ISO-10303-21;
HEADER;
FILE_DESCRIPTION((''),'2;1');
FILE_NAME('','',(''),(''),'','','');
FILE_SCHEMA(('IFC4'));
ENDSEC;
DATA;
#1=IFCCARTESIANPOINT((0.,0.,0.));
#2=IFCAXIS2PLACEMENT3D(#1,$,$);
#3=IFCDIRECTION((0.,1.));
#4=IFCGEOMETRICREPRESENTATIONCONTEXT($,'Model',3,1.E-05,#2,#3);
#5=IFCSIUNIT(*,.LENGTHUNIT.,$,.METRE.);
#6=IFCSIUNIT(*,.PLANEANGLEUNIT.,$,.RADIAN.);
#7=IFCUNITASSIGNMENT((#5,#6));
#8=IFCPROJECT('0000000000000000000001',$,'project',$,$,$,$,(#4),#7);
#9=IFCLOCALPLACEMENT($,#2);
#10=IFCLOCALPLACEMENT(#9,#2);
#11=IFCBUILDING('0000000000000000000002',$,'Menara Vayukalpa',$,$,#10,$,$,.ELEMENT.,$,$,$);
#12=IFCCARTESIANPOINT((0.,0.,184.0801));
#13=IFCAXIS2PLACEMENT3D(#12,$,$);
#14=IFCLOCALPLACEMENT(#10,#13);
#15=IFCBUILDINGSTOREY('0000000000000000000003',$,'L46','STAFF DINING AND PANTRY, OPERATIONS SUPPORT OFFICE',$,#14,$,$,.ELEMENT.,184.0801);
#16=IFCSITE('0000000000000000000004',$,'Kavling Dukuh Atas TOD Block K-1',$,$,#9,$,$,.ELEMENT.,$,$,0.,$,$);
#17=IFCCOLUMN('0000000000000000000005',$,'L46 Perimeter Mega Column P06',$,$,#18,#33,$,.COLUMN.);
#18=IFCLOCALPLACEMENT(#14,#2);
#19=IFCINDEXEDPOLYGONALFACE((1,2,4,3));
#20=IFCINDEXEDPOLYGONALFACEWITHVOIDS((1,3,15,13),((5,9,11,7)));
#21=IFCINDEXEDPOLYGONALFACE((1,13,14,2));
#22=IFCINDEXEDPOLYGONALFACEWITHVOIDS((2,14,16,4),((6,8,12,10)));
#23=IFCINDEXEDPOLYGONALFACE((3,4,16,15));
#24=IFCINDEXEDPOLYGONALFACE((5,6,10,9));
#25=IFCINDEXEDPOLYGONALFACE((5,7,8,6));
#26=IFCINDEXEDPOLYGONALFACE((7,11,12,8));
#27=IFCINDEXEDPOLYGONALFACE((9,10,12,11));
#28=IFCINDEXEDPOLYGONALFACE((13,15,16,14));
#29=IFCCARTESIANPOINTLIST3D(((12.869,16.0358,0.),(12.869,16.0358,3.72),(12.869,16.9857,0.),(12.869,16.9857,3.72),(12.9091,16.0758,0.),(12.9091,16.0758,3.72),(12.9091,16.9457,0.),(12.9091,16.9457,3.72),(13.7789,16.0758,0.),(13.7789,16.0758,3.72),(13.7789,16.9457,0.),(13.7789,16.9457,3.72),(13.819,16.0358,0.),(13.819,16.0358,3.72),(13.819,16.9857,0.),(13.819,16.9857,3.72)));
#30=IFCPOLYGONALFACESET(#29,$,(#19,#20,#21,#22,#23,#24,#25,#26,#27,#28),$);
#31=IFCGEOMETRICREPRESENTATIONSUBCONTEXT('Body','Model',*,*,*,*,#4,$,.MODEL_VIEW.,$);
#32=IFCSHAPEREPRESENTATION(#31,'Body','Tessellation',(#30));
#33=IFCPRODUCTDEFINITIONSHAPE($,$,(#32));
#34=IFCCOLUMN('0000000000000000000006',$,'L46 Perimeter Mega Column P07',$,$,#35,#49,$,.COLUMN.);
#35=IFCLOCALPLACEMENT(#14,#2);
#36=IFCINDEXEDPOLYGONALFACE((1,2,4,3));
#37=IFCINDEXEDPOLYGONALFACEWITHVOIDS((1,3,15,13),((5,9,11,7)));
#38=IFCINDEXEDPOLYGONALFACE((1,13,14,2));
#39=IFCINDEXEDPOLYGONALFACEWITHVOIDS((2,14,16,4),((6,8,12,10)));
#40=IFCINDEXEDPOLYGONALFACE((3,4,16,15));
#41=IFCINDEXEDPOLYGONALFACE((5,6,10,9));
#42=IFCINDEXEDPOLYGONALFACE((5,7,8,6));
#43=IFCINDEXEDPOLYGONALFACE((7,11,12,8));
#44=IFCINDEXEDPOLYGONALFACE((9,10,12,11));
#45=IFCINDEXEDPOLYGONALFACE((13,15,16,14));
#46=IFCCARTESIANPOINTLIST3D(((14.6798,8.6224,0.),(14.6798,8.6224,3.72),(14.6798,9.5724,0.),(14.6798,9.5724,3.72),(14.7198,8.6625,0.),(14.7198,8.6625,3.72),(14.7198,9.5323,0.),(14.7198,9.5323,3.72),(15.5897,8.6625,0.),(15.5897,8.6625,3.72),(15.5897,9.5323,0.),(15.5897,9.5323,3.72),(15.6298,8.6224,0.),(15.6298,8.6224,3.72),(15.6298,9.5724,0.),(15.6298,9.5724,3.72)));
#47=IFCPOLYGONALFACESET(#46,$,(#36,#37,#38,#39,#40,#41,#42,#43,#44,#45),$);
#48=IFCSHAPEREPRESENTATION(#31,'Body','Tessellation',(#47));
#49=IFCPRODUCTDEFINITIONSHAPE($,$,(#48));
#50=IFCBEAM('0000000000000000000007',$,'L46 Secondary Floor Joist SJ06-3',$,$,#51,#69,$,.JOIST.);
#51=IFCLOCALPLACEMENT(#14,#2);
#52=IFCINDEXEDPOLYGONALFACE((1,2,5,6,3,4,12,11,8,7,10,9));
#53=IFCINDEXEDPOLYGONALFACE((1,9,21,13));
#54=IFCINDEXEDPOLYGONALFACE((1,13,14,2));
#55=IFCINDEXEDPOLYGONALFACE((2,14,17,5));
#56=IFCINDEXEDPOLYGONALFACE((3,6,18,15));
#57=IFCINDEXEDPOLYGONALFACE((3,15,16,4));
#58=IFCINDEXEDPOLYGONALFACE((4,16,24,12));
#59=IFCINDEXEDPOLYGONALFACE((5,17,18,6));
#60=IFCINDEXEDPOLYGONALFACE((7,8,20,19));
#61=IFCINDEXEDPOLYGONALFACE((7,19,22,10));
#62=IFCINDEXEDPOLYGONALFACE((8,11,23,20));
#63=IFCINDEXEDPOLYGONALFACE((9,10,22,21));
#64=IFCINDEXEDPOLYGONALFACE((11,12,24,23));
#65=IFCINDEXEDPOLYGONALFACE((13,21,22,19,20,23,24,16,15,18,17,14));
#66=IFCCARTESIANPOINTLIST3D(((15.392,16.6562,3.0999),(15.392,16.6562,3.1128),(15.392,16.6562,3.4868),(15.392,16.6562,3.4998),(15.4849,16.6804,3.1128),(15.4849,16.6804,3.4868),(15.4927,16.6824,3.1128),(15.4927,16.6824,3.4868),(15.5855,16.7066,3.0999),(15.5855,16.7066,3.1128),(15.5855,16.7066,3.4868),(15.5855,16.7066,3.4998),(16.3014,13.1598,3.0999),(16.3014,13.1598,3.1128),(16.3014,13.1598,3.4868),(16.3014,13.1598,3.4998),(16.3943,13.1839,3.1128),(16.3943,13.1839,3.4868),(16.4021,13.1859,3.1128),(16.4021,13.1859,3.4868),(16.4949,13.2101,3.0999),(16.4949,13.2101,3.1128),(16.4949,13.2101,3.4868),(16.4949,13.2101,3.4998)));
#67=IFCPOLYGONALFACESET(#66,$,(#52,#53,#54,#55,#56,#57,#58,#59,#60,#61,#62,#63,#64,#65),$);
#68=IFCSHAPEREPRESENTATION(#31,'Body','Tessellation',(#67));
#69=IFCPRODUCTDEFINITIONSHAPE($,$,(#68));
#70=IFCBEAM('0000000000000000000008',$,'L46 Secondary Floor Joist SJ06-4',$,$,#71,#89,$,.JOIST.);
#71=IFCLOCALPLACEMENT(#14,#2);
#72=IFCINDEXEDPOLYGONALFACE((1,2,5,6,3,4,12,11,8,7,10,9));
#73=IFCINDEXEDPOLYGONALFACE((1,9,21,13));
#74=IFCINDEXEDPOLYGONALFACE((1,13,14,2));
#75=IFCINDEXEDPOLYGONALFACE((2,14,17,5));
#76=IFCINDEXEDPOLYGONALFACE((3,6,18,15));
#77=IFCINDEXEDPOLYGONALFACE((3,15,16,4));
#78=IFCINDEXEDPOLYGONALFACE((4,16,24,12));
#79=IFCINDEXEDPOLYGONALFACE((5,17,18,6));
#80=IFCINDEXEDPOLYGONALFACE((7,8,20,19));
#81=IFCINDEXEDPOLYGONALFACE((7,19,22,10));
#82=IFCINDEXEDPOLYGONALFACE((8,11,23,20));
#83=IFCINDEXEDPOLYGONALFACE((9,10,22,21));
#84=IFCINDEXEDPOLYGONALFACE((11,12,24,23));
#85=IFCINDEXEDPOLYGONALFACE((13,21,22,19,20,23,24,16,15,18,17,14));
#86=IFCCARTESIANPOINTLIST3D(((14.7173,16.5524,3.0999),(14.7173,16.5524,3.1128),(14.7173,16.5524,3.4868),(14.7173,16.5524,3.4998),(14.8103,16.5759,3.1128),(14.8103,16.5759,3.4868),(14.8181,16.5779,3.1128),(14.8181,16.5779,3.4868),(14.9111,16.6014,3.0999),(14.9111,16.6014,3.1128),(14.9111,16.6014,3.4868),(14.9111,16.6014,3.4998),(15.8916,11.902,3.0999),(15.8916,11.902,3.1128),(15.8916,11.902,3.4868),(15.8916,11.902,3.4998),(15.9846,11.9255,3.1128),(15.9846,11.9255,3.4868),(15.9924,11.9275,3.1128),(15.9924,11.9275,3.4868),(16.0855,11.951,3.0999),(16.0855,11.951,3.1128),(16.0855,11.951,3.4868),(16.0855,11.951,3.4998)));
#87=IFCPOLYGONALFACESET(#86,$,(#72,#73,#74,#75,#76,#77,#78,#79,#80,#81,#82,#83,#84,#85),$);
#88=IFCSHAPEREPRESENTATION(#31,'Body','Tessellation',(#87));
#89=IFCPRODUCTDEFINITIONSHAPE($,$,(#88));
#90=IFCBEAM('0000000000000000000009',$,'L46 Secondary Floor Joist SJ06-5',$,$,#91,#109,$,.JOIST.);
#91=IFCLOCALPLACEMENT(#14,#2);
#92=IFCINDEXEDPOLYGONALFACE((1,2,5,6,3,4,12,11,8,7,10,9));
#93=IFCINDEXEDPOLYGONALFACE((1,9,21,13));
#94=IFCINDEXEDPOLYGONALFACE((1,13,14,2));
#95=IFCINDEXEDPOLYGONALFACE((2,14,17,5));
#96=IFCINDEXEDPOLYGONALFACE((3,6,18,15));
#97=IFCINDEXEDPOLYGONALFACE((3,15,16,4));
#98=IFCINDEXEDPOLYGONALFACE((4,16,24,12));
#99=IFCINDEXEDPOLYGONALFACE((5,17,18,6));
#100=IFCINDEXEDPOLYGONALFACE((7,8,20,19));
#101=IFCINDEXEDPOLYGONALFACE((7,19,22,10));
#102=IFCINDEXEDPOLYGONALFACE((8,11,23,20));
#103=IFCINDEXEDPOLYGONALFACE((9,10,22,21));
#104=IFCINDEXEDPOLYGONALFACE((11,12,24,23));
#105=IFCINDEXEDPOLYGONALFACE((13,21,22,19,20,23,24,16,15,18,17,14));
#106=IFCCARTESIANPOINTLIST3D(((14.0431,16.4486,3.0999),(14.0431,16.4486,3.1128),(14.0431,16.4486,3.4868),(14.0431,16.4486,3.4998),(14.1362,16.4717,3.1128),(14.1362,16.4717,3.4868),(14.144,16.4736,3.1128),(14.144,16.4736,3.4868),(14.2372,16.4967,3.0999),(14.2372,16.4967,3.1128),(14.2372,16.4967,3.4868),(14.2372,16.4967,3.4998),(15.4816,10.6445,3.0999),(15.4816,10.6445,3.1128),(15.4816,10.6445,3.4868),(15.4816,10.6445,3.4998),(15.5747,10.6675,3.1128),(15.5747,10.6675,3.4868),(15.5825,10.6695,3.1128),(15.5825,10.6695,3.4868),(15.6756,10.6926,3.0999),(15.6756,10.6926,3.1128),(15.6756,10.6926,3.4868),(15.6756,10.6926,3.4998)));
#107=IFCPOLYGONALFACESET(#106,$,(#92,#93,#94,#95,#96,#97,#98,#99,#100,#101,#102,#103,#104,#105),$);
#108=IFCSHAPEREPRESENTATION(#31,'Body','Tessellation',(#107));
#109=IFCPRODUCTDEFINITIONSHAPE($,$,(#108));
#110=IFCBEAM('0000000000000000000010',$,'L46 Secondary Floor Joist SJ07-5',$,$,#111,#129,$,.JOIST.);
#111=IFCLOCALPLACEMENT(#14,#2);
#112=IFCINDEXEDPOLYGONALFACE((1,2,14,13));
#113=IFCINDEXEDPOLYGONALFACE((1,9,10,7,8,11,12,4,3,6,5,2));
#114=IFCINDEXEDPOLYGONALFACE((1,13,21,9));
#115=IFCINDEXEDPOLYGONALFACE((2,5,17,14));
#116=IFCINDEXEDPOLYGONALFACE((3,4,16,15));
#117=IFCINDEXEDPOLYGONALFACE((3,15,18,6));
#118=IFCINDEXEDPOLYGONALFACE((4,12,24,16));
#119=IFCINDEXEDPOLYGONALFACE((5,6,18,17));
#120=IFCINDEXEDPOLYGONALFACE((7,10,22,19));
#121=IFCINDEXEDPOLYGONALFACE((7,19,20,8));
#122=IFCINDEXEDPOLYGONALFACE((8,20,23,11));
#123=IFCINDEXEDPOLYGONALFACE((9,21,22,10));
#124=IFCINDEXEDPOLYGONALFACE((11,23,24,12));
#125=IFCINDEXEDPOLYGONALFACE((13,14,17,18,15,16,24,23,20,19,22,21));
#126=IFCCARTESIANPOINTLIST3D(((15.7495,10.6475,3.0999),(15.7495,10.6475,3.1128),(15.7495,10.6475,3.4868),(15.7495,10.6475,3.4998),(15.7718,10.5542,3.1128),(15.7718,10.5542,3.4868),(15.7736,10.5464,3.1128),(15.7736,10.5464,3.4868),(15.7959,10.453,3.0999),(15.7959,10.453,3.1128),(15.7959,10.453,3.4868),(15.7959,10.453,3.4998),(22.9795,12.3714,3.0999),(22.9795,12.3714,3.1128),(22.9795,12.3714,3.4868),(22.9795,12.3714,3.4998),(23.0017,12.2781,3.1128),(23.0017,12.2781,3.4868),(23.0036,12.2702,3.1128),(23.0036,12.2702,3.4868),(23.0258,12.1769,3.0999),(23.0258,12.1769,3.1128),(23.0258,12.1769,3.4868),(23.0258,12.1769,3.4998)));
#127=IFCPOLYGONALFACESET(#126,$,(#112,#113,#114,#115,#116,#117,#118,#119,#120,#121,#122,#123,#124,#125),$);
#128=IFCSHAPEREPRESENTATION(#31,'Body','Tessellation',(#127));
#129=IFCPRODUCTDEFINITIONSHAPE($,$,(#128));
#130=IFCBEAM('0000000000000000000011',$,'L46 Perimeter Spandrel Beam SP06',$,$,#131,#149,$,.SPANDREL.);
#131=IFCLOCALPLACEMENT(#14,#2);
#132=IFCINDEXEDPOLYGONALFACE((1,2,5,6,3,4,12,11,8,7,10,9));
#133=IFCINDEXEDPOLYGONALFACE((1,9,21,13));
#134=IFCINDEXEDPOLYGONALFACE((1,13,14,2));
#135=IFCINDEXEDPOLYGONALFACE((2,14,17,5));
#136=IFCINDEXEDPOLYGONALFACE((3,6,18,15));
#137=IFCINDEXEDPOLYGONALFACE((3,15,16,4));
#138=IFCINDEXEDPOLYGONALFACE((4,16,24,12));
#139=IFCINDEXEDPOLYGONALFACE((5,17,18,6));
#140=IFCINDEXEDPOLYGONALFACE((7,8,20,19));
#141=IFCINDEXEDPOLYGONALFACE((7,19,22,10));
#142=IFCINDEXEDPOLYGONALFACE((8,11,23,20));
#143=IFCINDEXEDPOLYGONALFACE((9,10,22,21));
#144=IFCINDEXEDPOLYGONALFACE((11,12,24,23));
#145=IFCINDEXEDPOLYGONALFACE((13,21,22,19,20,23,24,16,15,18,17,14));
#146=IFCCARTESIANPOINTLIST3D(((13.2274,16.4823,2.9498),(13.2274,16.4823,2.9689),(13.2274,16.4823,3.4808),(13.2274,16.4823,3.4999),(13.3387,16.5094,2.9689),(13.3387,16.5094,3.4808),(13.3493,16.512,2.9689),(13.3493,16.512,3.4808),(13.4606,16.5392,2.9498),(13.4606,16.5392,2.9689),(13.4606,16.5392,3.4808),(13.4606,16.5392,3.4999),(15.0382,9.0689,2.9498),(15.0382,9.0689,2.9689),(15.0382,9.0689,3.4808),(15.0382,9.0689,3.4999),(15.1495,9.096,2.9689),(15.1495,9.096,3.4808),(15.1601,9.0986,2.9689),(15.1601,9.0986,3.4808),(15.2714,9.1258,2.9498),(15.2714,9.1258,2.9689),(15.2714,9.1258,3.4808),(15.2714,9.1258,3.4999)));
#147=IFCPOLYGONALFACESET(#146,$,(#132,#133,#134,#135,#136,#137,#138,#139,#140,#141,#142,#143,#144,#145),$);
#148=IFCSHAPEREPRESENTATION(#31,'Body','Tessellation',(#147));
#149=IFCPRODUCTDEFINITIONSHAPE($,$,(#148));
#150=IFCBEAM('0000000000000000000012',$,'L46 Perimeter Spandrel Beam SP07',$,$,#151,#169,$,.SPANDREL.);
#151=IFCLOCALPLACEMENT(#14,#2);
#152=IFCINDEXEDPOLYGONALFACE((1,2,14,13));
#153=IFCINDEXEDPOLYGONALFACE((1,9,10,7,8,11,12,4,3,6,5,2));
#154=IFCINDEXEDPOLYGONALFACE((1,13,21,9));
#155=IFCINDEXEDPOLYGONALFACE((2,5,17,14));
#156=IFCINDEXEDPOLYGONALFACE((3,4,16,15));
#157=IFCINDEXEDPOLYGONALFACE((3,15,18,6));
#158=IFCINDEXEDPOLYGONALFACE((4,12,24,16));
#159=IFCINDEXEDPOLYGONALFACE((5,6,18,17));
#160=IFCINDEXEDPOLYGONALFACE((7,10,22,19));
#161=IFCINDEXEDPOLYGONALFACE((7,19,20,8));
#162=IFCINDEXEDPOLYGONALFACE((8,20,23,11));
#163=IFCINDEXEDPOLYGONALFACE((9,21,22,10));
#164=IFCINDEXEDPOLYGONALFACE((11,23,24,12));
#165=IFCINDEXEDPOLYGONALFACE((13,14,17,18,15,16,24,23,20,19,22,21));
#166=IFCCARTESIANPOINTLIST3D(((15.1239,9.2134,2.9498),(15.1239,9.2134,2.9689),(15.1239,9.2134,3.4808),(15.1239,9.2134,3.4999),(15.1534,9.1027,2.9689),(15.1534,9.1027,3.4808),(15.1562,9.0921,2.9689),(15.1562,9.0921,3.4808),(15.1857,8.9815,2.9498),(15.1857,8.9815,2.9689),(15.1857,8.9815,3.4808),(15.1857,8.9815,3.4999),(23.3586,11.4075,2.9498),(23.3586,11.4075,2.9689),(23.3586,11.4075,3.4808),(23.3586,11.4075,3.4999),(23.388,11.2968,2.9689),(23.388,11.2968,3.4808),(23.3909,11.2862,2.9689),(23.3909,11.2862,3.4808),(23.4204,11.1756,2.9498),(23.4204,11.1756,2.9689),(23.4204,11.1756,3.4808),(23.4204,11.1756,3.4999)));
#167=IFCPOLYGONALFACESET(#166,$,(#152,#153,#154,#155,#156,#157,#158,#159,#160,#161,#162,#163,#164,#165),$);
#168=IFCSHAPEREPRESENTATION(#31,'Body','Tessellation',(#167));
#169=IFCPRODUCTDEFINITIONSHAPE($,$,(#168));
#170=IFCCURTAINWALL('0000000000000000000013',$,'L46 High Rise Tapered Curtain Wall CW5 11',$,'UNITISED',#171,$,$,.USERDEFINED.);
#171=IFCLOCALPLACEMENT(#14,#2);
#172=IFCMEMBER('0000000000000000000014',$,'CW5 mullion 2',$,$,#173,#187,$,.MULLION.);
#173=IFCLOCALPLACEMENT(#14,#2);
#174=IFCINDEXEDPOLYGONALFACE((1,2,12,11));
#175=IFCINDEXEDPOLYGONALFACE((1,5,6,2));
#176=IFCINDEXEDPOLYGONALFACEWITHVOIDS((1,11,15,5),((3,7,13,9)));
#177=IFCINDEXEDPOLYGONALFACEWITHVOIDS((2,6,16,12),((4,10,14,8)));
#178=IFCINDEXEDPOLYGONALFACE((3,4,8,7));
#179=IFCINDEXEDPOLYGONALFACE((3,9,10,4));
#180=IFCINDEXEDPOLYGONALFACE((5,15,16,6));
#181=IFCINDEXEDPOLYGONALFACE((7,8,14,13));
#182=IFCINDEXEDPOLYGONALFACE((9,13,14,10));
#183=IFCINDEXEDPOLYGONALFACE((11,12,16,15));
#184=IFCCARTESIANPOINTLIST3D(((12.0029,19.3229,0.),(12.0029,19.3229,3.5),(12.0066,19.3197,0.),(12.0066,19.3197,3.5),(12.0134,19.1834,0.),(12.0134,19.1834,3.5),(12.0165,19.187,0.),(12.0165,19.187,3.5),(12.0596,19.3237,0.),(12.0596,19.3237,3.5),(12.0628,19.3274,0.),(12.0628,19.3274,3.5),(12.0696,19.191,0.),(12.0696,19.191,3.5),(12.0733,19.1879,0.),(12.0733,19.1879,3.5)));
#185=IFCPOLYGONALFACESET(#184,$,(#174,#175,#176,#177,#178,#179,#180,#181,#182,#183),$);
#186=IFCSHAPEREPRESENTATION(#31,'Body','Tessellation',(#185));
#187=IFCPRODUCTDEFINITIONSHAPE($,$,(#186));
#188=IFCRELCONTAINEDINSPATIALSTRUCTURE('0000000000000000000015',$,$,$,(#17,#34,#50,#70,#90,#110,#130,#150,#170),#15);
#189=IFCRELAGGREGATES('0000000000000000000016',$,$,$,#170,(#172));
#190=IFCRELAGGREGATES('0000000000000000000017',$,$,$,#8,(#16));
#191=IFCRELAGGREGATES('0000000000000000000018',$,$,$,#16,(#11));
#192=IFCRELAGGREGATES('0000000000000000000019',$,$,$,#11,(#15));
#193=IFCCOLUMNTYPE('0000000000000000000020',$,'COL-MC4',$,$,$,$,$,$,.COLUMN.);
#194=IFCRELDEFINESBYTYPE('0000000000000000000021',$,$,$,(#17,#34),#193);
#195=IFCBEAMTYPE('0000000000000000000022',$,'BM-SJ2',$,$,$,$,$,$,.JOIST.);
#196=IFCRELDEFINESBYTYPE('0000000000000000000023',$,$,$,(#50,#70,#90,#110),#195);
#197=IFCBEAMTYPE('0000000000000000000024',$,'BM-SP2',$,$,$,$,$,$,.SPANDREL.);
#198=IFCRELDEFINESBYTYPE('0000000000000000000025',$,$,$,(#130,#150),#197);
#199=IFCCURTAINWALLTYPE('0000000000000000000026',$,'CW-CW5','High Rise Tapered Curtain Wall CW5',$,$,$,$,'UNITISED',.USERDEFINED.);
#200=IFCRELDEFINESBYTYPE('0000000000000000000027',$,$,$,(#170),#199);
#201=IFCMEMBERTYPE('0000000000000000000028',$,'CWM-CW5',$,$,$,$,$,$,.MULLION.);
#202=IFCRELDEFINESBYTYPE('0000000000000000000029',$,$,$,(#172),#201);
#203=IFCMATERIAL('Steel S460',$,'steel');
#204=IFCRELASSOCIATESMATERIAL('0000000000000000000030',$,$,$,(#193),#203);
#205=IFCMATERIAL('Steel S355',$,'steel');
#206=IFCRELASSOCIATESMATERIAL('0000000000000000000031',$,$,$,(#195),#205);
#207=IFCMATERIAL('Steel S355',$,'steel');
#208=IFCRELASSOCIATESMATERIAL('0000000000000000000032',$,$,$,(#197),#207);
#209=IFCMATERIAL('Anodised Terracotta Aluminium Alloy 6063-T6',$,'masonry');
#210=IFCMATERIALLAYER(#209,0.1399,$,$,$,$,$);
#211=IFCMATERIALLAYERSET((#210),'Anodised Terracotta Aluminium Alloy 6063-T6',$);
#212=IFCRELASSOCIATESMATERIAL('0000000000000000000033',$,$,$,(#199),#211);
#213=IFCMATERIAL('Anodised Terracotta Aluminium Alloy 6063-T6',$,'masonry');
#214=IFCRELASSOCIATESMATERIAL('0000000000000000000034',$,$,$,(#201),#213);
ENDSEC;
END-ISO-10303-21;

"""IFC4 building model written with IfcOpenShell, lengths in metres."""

from ifc_helpers import new_model, si_unit, direction, frame, origin, origin_2d, place, context, subcontext, project, spatial, hollow_rectangle, i_section, extrude, material, layer, layer_set, material_profile, profile_set, type_object, element, aggregate, save


model = new_model("IFC4")

# Units and contexts
model_context = context("Model", 3, precision=1e-05, world=origin(), true_north=direction((0.0, 1.0)))
body_context = subcontext(model_context, "Body", "Model", "MODEL_VIEW")
ifc_project = project(units=[si_unit("LENGTHUNIT", "METRE"), si_unit("PLANEANGLEUNIT", "RADIAN")], contexts=[model_context])

# Site, building, storey
site_placement = place(None, origin())
site = spatial("IfcSite", under=ifc_project, at=site_placement, Name="Kavling Dukuh Atas TOD Block K-1", CompositionType="ELEMENT", RefElevation=0.0)
building_placement = place(site_placement, origin())
building = spatial("IfcBuilding", under=site, at=building_placement, Name="Menara Vayukalpa", CompositionType="ELEMENT")
storey_placement = place(building_placement, frame((0.0, 0.0, 184.0801)))
storey = spatial("IfcBuildingStorey", under=building, at=storey_placement, Name="L46", Description="STAFF DINING AND PANTRY, OPERATIONS SUPPORT OFFICE", CompositionType="ELEMENT", Elevation=184.0801)

# Columns
ifc_material_1 = material(Name="Steel S460", Category="steel")
ifc_material_profile_1 = material_profile(ifc_material_1, hollow_rectangle(XDim=0.95, YDim=0.95, WallThickness=0.04, at=origin_2d()), Name="BOX 950x950x40")
ifc_profile_set_1 = profile_set([ifc_material_profile_1], Name="Steel S460")
column_type = type_object("IfcColumnType", Name="COL-MC4", PredefinedType="COLUMN", material=ifc_profile_set_1)
for number, where, z_axis, x_axis, name in (
    (1, (13.344, 16.5107, 0.0), (0.0, 0.0, 1.0), (1.0, 0.0, 0.0), "L46 Perimeter Mega Column P06"),
    (2, (15.1548, 9.0974, 0.0), (0.0, 0.0, 1.0), (1.0, 0.0, 0.0), "L46 Perimeter Mega Column P07"),
):
    element("IfcColumn", number, at=place(storey_placement, frame(where, z_axis=z_axis, x_axis=x_axis)), inside=storey, type_object=column_type, Name=name, PredefinedType="COLUMN", context=body_context, shape_type="SweptSolid", body=[
        extrude(hollow_rectangle(XDim=0.95, YDim=0.95, WallThickness=0.04, at=origin_2d()), origin(), (0.0, 0.0, 1.0), 3.72),
    ])

# Beams
ifc_material_2 = material(Name="Steel S355", Category="steel")
ifc_material_profile_2 = material_profile(ifc_material_2, i_section(OverallWidth=0.2, OverallDepth=0.3999, WebThickness=0.0081, FlangeThickness=0.0129, at=origin_2d()), Name="WF 400x200x8x13")
ifc_profile_set_2 = profile_set([ifc_material_profile_2], Name="Steel S355")
beam_type_1 = type_object("IfcBeamType", Name="BM-SJ2", PredefinedType="JOIST", material=ifc_profile_set_2)
beam_1_placement = place(storey_placement, frame((15.4888, 16.6814, 3.2998), z_axis=(0.251715, -0.967801, 0.0), x_axis=(0.967801, 0.251715, 0.0)))
element("IfcBeam", 3, at=beam_1_placement, inside=storey, type_object=beam_type_1, Name="L46 Secondary Floor Joist SJ06-3", PredefinedType="JOIST", context=body_context, shape_type="SweptSolid", body=[
    extrude(i_section(OverallWidth=0.2, OverallDepth=0.3999, WebThickness=0.0081, FlangeThickness=0.0129, at=origin_2d()), origin(), (0.0, 0.0, 1.0), 3.6128),
])
beam_2_placement = place(storey_placement, frame((14.8142, 16.5769, 3.2998), z_axis=(0.244834, -0.969565, 0.0), x_axis=(0.969565, 0.244834, 0.0)))
element("IfcBeam", 4, at=beam_2_placement, inside=storey, type_object=beam_type_1, Name="L46 Secondary Floor Joist SJ06-4", PredefinedType="JOIST", context=body_context, shape_type="SweptSolid", body=[
    extrude(i_section(OverallWidth=0.2, OverallDepth=0.3999, WebThickness=0.0081, FlangeThickness=0.0129, at=origin_2d()), origin(), (0.0, 0.0, 1.0), 4.7964),
])
beam_3_placement = place(storey_placement, frame((14.1401, 16.4727, 3.2998), z_axis=(0.240556, -0.970635, 0.0), x_axis=(0.970635, 0.240556, 0.0)))
element("IfcBeam", 5, at=beam_3_placement, inside=storey, type_object=beam_type_1, Name="L46 Secondary Floor Joist SJ06-5", PredefinedType="JOIST", context=body_context, shape_type="SweptSolid", body=[
    extrude(i_section(OverallWidth=0.2, OverallDepth=0.3999, WebThickness=0.0081, FlangeThickness=0.0129, at=origin_2d()), origin(), (0.0, 0.0, 1.0), 5.9797),
])
beam_4_placement = place(storey_placement, frame((15.7727, 10.5503, 3.2998), z_axis=(0.972732, 0.231933, 0.0), x_axis=(-0.231933, 0.972732, 0.0)))
element("IfcBeam", 6, at=beam_4_placement, inside=storey, type_object=beam_type_1, Name="L46 Secondary Floor Joist SJ07-5", PredefinedType="JOIST", context=body_context, shape_type="SweptSolid", body=[
    extrude(i_section(OverallWidth=0.2, OverallDepth=0.3999, WebThickness=0.0081, FlangeThickness=0.0129, at=origin_2d()), origin(), (0.0, 0.0, 1.0), 7.4326),
])
ifc_material_3 = material(Name="Steel S355", Category="steel")
ifc_material_profile_3 = material_profile(ifc_material_3, i_section(OverallWidth=0.24, OverallDepth=0.55, WebThickness=0.011, FlangeThickness=0.019, at=origin_2d()), Name="WF 550x240x11x19")
ifc_profile_set_3 = profile_set([ifc_material_profile_3], Name="Steel S355")
beam_type_2 = type_object("IfcBeamType", Name="BM-SP2", PredefinedType="SPANDREL", material=ifc_profile_set_3)
beam_5_placement = place(storey_placement, frame((13.344, 16.5107, 3.2249), z_axis=(0.237285, -0.97144, 0.0), x_axis=(0.97144, 0.237285, 0.0)))
element("IfcBeam", 7, at=beam_5_placement, inside=storey, type_object=beam_type_2, Name="L46 Perimeter Spandrel Beam SP06", PredefinedType="SPANDREL", context=body_context, shape_type="SweptSolid", body=[
    extrude(i_section(OverallWidth=0.24, OverallDepth=0.55, WebThickness=0.011, FlangeThickness=0.019, at=origin_2d()), origin(), (0.0, 0.0, 1.0), 7.6313),
])
beam_6_placement = place(storey_placement, frame((15.1548, 9.0974, 3.2249), z_axis=(0.966288, 0.257465, 0.0), x_axis=(-0.257465, 0.966288, 0.0)))
element("IfcBeam", 8, at=beam_6_placement, inside=storey, type_object=beam_type_2, Name="L46 Perimeter Spandrel Beam SP07", PredefinedType="SPANDREL", context=body_context, shape_type="SweptSolid", body=[
    extrude(i_section(OverallWidth=0.24, OverallDepth=0.55, WebThickness=0.011, FlangeThickness=0.019, at=origin_2d()), origin(), (0.0, 0.0, 1.0), 8.522),
])

# Curtain wall, member
ifc_material_4 = material(Name="Anodised Terracotta Aluminium Alloy 6063-T6", Category="masonry")
ifc_layer_1 = layer(ifc_material_4, 0.1399)
ifc_layer_set_1 = layer_set([ifc_layer_1], Name="Anodised Terracotta Aluminium Alloy 6063-T6")
curtain_wall_type = type_object("IfcCurtainWallType", Name="CW-CW5", Description="High Rise Tapered Curtain Wall CW5", ElementType="UNITISED", PredefinedType="USERDEFINED", material=ifc_layer_set_1)
curtain_wall_placement = place(storey_placement, origin())
curtain_wall = element("IfcCurtainWall", 9, at=curtain_wall_placement, inside=storey, type_object=curtain_wall_type, Name="L46 High Rise Tapered Curtain Wall CW5 11", ObjectType="UNITISED", PredefinedType="USERDEFINED")
ifc_material_5 = material(Name="Anodised Terracotta Aluminium Alloy 6063-T6", Category="masonry")
ifc_material_profile_4 = material_profile(ifc_material_5, hollow_rectangle(XDim=0.0601, YDim=0.1399, WallThickness=0.0034, at=origin_2d()), Name="ALU 60x140x3.5")
ifc_profile_set_4 = profile_set([ifc_material_profile_4], Name="Anodised Terracotta Aluminium Alloy 6063-T6")
member_type_1 = type_object("IfcMemberType", Name="CWM-CW5", PredefinedType="MULLION", material=ifc_profile_set_4)
member_1_placement = place(storey_placement, frame((12.0381, 19.2554, 0.0), z_axis=(0.0, 0.0, 1.0), x_axis=(0.997199, 0.074792, 0.0)))
member_1 = element("IfcMember", 10, at=member_1_placement, type_object=member_type_1, Name="CW5 mullion 2", PredefinedType="MULLION", context=body_context, shape_type="SweptSolid", body=[
    extrude(hollow_rectangle(XDim=0.0601, YDim=0.1399, WallThickness=0.0034, at=origin_2d()), origin(), (0.0, 0.0, 1.0), 3.5),
])
aggregate(curtain_wall, [member_1])

save(model, "model.ifc")
